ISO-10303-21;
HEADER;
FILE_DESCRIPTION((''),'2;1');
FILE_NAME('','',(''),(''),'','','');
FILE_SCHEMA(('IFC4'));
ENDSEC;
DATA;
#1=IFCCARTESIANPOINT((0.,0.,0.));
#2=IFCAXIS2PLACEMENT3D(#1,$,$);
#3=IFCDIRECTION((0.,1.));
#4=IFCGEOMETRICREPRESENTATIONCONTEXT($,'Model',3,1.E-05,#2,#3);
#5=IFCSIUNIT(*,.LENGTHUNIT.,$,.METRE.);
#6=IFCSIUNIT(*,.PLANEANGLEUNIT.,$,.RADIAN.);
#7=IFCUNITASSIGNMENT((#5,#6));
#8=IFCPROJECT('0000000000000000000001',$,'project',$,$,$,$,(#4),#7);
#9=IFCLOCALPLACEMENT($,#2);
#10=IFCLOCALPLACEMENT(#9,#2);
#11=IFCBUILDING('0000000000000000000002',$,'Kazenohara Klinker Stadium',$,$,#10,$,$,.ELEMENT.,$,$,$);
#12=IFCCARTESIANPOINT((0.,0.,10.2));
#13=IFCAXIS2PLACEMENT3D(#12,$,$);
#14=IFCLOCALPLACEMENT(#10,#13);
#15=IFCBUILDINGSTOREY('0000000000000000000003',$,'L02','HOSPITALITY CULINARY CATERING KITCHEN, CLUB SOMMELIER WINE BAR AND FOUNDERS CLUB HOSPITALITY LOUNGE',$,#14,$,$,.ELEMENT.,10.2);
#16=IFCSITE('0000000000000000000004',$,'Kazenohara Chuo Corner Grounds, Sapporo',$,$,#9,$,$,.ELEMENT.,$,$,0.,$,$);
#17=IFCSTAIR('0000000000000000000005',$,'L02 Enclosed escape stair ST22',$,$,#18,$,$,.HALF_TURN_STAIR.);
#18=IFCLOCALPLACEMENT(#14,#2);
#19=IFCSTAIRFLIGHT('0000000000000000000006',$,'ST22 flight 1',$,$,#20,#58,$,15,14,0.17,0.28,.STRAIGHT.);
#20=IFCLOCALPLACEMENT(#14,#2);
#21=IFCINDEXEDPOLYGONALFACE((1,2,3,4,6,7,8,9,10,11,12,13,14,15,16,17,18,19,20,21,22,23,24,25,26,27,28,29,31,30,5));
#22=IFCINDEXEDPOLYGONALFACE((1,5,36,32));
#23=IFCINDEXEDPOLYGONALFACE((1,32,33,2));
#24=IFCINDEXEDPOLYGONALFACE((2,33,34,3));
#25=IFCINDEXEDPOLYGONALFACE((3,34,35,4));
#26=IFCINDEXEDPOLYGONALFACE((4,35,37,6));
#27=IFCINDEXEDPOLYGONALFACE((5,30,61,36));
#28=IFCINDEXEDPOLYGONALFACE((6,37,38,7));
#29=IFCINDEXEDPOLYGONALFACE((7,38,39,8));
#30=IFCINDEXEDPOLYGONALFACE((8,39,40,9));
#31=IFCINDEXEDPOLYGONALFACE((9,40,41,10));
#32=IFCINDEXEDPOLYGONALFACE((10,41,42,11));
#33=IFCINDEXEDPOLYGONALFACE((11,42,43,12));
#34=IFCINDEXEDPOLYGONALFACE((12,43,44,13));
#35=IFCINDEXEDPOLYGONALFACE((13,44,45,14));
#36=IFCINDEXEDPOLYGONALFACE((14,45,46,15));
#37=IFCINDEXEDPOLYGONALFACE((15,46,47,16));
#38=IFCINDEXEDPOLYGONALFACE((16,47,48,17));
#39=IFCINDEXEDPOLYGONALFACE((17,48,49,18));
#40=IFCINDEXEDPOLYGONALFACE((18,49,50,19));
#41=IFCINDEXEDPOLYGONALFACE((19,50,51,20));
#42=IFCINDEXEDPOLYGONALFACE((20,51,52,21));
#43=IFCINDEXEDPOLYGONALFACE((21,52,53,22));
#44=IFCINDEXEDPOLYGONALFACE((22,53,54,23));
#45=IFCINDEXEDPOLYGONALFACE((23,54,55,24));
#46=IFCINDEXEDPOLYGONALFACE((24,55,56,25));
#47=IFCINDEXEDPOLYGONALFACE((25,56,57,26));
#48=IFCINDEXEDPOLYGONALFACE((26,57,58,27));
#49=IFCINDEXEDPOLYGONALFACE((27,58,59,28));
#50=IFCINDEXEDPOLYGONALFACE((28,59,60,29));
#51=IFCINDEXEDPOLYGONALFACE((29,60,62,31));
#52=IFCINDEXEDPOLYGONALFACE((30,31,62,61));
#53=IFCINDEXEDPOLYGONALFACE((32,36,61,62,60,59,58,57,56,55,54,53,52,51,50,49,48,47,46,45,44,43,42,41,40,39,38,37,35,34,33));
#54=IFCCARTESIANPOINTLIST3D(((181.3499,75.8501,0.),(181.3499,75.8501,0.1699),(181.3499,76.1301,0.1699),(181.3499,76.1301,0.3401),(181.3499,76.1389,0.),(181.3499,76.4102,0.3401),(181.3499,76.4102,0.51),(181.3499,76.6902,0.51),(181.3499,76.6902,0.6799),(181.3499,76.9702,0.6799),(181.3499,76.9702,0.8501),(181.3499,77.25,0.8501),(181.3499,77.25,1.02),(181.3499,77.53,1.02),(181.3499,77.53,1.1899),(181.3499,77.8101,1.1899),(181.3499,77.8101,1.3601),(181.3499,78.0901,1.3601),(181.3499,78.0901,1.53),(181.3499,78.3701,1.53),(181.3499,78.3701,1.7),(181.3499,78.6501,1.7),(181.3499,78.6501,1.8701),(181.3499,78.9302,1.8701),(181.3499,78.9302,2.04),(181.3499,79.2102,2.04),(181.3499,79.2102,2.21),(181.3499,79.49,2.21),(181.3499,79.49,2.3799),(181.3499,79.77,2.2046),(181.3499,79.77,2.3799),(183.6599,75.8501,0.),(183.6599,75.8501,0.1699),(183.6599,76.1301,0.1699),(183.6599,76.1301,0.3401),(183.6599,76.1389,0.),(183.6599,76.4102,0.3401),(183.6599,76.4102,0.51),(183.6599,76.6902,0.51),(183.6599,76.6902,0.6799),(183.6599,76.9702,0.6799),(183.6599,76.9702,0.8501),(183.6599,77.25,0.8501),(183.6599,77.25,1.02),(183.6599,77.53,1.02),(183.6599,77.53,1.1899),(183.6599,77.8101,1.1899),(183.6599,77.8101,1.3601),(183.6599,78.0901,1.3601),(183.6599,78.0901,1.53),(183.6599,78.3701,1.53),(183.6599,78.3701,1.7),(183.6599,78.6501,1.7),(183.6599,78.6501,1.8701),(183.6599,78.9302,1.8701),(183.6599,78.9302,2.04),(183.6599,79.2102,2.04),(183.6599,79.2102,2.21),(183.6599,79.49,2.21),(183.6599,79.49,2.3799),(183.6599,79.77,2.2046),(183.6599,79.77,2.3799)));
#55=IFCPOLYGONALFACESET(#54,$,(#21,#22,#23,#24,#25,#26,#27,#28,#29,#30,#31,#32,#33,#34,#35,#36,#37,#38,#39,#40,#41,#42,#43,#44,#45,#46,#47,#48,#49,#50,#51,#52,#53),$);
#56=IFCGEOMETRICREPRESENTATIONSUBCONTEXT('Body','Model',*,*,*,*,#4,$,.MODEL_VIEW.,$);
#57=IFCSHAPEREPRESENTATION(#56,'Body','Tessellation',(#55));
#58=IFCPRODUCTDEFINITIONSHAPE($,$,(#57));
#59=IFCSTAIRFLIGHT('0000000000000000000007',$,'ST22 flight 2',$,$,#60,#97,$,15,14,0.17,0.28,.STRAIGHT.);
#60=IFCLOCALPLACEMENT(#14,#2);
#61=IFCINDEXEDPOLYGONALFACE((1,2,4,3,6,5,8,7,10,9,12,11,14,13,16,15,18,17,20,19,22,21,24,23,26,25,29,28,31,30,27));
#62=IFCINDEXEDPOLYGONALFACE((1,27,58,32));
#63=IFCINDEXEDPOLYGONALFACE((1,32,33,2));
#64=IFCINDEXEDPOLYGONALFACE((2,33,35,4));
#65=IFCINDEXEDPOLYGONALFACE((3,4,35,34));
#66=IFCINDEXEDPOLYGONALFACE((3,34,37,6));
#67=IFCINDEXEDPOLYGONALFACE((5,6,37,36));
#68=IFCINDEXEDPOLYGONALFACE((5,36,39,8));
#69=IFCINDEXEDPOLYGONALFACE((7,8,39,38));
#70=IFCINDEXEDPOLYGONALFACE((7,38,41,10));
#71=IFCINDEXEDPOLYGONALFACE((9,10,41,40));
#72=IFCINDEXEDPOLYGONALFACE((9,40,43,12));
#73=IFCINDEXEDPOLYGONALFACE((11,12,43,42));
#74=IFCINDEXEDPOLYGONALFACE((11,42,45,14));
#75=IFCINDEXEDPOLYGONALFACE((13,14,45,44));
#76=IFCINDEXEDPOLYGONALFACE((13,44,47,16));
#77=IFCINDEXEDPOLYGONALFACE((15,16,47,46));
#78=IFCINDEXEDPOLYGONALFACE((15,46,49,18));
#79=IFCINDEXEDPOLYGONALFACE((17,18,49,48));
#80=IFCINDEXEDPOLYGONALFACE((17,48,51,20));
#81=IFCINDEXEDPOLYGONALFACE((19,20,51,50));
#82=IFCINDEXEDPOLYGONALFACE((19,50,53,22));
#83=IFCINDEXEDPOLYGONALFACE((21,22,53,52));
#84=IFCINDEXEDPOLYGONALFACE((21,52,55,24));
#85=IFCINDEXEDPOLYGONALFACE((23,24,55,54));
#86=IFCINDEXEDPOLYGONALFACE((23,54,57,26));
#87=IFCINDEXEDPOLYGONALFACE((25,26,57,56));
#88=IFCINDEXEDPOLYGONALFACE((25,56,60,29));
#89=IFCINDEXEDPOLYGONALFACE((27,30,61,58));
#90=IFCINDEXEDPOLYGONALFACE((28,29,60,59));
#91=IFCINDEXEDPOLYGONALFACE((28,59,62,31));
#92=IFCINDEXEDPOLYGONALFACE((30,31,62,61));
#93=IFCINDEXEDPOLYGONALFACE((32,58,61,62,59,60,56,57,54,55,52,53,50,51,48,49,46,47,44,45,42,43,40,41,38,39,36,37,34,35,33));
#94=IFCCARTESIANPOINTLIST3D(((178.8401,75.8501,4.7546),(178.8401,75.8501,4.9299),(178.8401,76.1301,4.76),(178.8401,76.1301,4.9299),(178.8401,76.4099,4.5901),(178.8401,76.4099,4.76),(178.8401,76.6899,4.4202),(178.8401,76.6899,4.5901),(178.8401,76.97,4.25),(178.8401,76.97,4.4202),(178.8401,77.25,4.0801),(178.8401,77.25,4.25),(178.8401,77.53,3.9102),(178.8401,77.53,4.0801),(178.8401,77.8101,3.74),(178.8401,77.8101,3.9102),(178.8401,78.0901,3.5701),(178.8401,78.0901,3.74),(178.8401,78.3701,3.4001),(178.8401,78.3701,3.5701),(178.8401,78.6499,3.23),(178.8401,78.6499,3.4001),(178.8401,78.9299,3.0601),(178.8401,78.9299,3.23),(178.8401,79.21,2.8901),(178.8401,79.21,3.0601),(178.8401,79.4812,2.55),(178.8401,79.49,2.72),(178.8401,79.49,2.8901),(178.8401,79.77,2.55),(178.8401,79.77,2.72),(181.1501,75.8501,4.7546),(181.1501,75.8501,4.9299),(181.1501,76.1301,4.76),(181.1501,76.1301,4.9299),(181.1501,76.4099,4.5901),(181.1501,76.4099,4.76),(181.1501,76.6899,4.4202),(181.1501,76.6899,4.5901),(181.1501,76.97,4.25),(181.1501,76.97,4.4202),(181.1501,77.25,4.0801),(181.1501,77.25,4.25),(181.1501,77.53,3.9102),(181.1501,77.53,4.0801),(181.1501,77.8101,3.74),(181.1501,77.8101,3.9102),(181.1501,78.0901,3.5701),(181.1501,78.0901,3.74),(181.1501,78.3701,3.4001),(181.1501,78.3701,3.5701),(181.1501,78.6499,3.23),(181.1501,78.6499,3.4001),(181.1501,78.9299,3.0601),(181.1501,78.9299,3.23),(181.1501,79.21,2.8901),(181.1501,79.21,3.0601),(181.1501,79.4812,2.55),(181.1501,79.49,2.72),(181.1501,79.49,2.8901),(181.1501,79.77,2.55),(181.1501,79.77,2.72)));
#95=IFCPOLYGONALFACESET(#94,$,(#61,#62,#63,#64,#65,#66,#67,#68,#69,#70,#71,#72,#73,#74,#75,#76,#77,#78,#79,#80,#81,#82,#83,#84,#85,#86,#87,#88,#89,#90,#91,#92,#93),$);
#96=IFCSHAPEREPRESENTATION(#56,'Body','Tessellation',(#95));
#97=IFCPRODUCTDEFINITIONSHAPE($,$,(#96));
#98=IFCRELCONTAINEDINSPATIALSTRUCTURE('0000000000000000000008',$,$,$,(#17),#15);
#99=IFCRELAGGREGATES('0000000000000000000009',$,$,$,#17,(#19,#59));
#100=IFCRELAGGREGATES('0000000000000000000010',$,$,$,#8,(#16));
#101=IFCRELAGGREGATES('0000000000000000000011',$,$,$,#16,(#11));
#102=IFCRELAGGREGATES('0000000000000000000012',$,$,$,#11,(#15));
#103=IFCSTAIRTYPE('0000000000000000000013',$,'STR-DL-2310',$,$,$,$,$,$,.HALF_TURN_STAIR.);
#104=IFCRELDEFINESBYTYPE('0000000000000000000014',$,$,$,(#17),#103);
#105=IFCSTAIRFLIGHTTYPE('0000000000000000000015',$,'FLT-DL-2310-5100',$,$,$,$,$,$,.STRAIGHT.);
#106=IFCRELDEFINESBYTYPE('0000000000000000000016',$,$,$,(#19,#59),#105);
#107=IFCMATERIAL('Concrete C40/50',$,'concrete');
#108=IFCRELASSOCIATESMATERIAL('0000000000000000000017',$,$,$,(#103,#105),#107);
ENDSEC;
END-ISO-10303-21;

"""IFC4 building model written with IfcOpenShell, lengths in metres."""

from ifc_helpers import new_model, si_unit, direction, frame, origin, place, context, subcontext, project, spatial, polyline, outline, extrude, material, type_object, element, aggregate, save


model = new_model("IFC4")

# Units and contexts
model_context = context("Model", 3, precision=1e-05, world=origin(), true_north=direction((0.0, 1.0)))
body_context = subcontext(model_context, "Body", "Model", "MODEL_VIEW")
ifc_project = project(units=[si_unit("LENGTHUNIT", "METRE"), si_unit("PLANEANGLEUNIT", "RADIAN")], contexts=[model_context])

# Site, building, storey
site_placement = place(None, origin())
site = spatial("IfcSite", under=ifc_project, at=site_placement, Name="Kazenohara Chuo Corner Grounds, Sapporo", CompositionType="ELEMENT", RefElevation=0.0)
building_placement = place(site_placement, origin())
building = spatial("IfcBuilding", under=site, at=building_placement, Name="Kazenohara Klinker Stadium", CompositionType="ELEMENT")
storey_placement = place(building_placement, frame((0.0, 0.0, 10.2)))
storey = spatial("IfcBuildingStorey", under=building, at=storey_placement, Name="L02", Description="HOSPITALITY CULINARY CATERING KITCHEN, CLUB SOMMELIER WINE BAR AND FOUNDERS CLUB HOSPITALITY LOUNGE", CompositionType="ELEMENT", Elevation=10.2)

# Shared definitions
ifc_material_1 = material(Name="Concrete C40/50", Category="concrete")

# Stair, stair flights
stair_type = type_object("IfcStairType", Name="STR-DL-2310", PredefinedType="HALF_TURN_STAIR", material=ifc_material_1)
stair_placement = place(storey_placement, origin())
stair = element("IfcStair", 1, at=stair_placement, inside=storey, type_object=stair_type, Name="L02 Enclosed escape stair ST22", PredefinedType="HALF_TURN_STAIR")
stair_flight_type = type_object("IfcStairFlightType", Name="FLT-DL-2310-5100", PredefinedType="STRAIGHT", material=ifc_material_1)
stair_flight_1_placement = place(storey_placement, frame((182.5049, 75.8501, 0.0), z_axis=(0.0, 0.0, 1.0), x_axis=(0.0, 1.0, 0.0)))
stair_flight_1 = element("IfcStairFlight", 2, at=stair_flight_1_placement, type_object=stair_flight_type, Name="ST22 flight 1", NumberOfRisers=15, NumberOfTreads=14, PredefinedType="STRAIGHT", RiserHeight=0.17, TreadLength=0.28, context=body_context, shape_type="SweptSolid", body=[
    extrude(outline(polyline([(0.0, 0.0), (0.0, 0.1699), (0.28, 0.1699), (0.28, 0.3401), (0.5601, 0.3401), (0.5601, 0.51), (0.8401, 0.51), (0.8401, 0.6799), (1.1201, 0.6799), (1.1201, 0.8501), (1.3999, 0.8501), (1.3999, 1.02), (1.6799, 1.02), (1.6799, 1.1899), (1.96, 1.1899), (1.96, 1.3601), (2.24, 1.3601), (2.24, 1.53), (2.52, 1.53), (2.52, 1.7), (2.8, 1.7), (2.8, 1.8701), (3.0801, 1.8701), (3.0801, 2.04), (3.3601, 2.04), (3.3601, 2.21), (3.6399, 2.21), (3.6399, 2.3799), (3.9199, 2.3799), (3.9199, 2.55), (3.9199, 2.2046), (0.2888, 0.0), (0.0, 0.0)])), frame((0.0, 1.155, 0.0), z_axis=(0.0, -1.0, 0.0), x_axis=(1.0, 0.0, 0.0)), (0.0, 0.0, 1.0), 2.3101),
])
stair_flight_2_placement = place(storey_placement, frame((179.9951, 79.77, 2.55), z_axis=(0.0, 0.0, 1.0), x_axis=(0.0, -1.0, 0.0)))
stair_flight_2 = element("IfcStairFlight", 3, at=stair_flight_2_placement, type_object=stair_flight_type, Name="ST22 flight 2", NumberOfRisers=15, NumberOfTreads=14, PredefinedType="STRAIGHT", RiserHeight=0.17, TreadLength=0.28, context=body_context, shape_type="SweptSolid", body=[
    extrude(outline(polyline([(0.0, 0.0), (0.0, 0.1699), (0.28, 0.1699), (0.28, 0.3401), (0.5601, 0.3401), (0.5601, 0.51), (0.8401, 0.51), (0.8401, 0.6799), (1.1201, 0.6799), (1.1201, 0.8501), (1.3999, 0.8501), (1.3999, 1.02), (1.6799, 1.02), (1.6799, 1.1899), (1.96, 1.1899), (1.96, 1.3601), (2.24, 1.3601), (2.24, 1.53), (2.52, 1.53), (2.52, 1.7), (2.8, 1.7), (2.8, 1.8701), (3.0801, 1.8701), (3.0801, 2.04), (3.3601, 2.04), (3.3601, 2.21), (3.6399, 2.21), (3.6399, 2.3799), (3.9199, 2.3799), (3.9199, 2.55), (3.9199, 2.2046), (0.2888, 0.0), (0.0, 0.0)])), frame((0.0, 1.155, 0.0), z_axis=(0.0, -1.0, 0.0), x_axis=(1.0, 0.0, 0.0)), (0.0, 0.0, 1.0), 2.3101),
])
aggregate(stair, [stair_flight_1, stair_flight_2])

save(model, "model.ifc")
